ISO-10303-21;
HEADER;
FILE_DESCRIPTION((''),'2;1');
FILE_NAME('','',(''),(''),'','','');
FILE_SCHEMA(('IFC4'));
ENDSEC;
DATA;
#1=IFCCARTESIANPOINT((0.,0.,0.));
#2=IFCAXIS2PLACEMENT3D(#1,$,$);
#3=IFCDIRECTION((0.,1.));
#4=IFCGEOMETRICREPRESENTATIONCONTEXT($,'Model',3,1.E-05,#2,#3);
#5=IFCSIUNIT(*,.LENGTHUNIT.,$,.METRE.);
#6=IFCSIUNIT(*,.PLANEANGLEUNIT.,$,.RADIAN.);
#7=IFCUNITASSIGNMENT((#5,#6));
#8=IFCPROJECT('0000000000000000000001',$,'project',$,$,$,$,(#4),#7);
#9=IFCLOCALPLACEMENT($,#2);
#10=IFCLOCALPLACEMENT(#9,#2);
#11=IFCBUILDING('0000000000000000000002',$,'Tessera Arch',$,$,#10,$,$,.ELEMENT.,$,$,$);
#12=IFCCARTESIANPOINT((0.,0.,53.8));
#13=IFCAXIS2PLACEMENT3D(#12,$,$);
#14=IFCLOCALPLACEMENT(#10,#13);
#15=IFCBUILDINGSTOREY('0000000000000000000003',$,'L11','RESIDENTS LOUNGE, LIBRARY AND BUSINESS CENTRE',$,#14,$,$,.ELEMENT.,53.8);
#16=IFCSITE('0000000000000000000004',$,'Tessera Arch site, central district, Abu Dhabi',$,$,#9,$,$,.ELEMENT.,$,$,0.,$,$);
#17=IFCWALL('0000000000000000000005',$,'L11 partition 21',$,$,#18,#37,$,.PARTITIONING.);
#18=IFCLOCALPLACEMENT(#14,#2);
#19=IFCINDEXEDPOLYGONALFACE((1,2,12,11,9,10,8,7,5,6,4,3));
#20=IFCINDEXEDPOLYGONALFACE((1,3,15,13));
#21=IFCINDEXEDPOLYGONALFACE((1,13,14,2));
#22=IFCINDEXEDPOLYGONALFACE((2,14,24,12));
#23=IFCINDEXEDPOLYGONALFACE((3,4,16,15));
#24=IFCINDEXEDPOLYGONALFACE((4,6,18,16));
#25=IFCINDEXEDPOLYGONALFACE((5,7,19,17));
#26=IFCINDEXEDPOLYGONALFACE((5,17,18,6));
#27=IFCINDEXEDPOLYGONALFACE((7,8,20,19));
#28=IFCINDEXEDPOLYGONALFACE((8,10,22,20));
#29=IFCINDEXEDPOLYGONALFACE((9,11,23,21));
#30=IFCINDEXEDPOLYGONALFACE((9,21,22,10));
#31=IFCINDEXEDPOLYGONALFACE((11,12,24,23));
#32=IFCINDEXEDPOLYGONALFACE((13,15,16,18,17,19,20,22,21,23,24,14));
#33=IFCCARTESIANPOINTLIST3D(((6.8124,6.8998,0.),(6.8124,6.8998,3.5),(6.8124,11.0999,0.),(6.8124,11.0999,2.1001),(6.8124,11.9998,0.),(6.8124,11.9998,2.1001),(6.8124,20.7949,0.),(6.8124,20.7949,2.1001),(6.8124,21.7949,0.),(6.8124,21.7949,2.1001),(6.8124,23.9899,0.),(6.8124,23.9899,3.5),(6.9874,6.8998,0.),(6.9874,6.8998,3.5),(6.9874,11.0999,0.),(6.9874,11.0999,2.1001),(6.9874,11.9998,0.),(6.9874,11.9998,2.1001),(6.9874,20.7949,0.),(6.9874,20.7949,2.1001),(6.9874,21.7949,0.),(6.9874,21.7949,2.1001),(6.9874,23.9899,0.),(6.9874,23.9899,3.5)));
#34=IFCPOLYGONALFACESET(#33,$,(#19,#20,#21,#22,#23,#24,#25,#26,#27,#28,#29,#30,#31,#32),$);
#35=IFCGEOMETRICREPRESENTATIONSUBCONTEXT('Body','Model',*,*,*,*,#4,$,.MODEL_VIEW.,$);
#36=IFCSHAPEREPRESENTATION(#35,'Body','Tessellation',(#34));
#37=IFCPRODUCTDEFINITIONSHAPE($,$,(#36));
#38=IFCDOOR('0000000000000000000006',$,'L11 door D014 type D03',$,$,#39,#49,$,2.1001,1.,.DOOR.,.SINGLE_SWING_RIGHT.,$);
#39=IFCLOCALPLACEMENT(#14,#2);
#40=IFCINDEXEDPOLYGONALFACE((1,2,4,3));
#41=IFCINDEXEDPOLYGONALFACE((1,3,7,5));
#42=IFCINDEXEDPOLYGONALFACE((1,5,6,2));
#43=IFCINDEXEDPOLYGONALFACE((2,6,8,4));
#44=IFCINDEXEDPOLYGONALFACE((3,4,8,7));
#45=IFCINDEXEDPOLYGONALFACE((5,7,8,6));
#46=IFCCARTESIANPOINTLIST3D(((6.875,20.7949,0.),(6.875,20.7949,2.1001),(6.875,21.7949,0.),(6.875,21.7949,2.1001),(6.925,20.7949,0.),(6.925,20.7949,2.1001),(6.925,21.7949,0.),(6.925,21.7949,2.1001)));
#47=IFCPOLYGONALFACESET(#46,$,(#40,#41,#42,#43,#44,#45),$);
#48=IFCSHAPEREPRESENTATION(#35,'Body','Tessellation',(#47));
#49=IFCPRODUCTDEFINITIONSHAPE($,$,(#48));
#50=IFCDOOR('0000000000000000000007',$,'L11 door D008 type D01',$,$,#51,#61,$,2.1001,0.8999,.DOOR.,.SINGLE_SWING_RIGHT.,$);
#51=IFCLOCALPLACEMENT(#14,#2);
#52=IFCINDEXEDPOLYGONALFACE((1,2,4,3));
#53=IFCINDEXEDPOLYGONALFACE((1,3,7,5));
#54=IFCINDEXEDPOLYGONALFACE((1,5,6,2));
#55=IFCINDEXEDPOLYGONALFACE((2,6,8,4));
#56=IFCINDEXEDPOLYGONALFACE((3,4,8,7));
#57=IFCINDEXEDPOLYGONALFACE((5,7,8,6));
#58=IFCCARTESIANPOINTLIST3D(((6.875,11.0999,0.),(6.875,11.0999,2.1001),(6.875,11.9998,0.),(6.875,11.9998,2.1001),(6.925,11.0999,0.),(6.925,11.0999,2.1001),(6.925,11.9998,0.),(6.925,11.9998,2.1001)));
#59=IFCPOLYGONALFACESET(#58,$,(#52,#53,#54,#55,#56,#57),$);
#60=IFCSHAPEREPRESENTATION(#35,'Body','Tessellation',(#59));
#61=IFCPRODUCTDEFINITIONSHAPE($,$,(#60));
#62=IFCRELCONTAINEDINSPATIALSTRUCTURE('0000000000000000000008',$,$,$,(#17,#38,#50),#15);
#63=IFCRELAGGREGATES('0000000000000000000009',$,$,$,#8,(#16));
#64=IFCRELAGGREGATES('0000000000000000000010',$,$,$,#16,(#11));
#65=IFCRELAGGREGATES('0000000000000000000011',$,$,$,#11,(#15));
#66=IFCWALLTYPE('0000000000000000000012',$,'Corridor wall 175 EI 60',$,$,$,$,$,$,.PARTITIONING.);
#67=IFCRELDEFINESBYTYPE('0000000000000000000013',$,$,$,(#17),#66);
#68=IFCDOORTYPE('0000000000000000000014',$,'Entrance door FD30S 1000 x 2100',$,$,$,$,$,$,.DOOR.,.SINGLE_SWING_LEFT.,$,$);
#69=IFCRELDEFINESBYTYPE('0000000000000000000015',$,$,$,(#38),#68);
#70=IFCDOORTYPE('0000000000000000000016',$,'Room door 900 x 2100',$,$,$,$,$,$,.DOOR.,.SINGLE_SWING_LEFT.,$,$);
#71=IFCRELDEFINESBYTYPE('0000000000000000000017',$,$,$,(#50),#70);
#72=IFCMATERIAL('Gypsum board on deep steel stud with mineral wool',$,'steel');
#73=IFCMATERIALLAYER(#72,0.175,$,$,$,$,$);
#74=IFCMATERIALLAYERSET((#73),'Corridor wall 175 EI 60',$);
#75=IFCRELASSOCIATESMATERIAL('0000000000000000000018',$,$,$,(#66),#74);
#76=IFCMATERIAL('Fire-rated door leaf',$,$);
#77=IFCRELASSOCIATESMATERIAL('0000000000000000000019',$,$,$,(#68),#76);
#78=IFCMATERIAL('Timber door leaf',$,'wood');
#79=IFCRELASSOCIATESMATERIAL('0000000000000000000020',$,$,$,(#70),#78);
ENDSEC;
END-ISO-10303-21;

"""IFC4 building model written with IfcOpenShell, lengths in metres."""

from ifc_helpers import new_model, si_unit, direction, frame, frame_2d, origin, place, context, subcontext, project, spatial, rectangle, extrude, material, layer, layer_set, type_object, element, fill, save


model = new_model("IFC4")

# Units and contexts
model_context = context("Model", 3, precision=1e-05, world=origin(), true_north=direction((0.0, 1.0)))
body_context = subcontext(model_context, "Body", "Model", "MODEL_VIEW")
ifc_project = project(units=[si_unit("LENGTHUNIT", "METRE"), si_unit("PLANEANGLEUNIT", "RADIAN")], contexts=[model_context])

# Site, building, storey
site_placement = place(None, origin())
site = spatial("IfcSite", under=ifc_project, at=site_placement, Name="Tessera Arch site, central district, Abu Dhabi", CompositionType="ELEMENT", RefElevation=0.0)
building_placement = place(site_placement, origin())
building = spatial("IfcBuilding", under=site, at=building_placement, Name="Tessera Arch", CompositionType="ELEMENT")
storey_placement = place(building_placement, frame((0.0, 0.0, 53.8)))
storey = spatial("IfcBuildingStorey", under=building, at=storey_placement, Name="L11", Description="RESIDENTS LOUNGE, LIBRARY AND BUSINESS CENTRE", CompositionType="ELEMENT", Elevation=53.8)

# Shared definitions
ifc_material_1 = material(Name="Gypsum board on deep steel stud with mineral wool", Category="steel")
ifc_layer_1 = layer(ifc_material_1, 0.175)
ifc_layer_set_1 = layer_set([ifc_layer_1], Name="Corridor wall 175 EI 60")
wall_type = type_object("IfcWallType", Name="Corridor wall 175 EI 60", PredefinedType="PARTITIONING", material=ifc_layer_set_1)
ifc_material_2 = material(Name="Fire-rated door leaf")
door_type_1 = type_object("IfcDoorType", Name="Entrance door FD30S 1000 x 2100", OperationType="SINGLE_SWING_LEFT", PredefinedType="DOOR", material=ifc_material_2)

# Wall, openings, doors
wall_1_placement = place(storey_placement, frame((6.8999, 6.8999, 0.0), z_axis=(0.0, 0.0, 1.0), x_axis=(0.0, 1.0, 0.0)))
wall_1 = element("IfcWall", 1, at=wall_1_placement, inside=storey, type_object=wall_type, Name="L11 partition 21", PredefinedType="PARTITIONING", context=body_context, shape_type="SweptSolid", body=[
    extrude(rectangle(XDim=17.0901, YDim=0.175, at=frame_2d((8.5449, 0.0))), origin(), (0.0, 0.0, 1.0), 3.5),
])
opening_1_placement = place(wall_1_placement, frame((4.2, 0.0, 0.0)))
opening_1 = element("IfcOpeningElement", 2, at=opening_1_placement, cuts=wall_1, PredefinedType="OPENING", context=body_context, shape_type="SweptSolid", body=[
    extrude(rectangle(XDim=0.8999, YDim=2.1001, at=frame_2d((0.45, 1.05))), frame((0.0, 0.0974, 0.0), z_axis=(0.0, -1.0, 0.0), x_axis=(1.0, 0.0, 0.0)), (0.0, 0.0, 1.0), 0.1951),
])
opening_2_placement = place(wall_1_placement, frame((13.895, 0.0, 0.0)))
opening_2 = element("IfcOpeningElement", 3, at=opening_2_placement, cuts=wall_1, PredefinedType="OPENING", context=body_context, shape_type="SweptSolid", body=[
    extrude(rectangle(XDim=1.0, YDim=2.1001, at=frame_2d((0.5, 1.05))), frame((0.0, 0.0974, 0.0), z_axis=(0.0, -1.0, 0.0), x_axis=(1.0, 0.0, 0.0)), (0.0, 0.0, 1.0), 0.1951),
])
door_1_placement = place(opening_2_placement, origin())
door_1 = element("IfcDoor", 4, at=door_1_placement, inside=storey, type_object=door_type_1, Name="L11 door D014 type D03", OperationType="SINGLE_SWING_RIGHT", OverallHeight=2.1001, OverallWidth=1.0, PredefinedType="DOOR", context=body_context, shape_type="SweptSolid", body=[
    extrude(rectangle(XDim=1.0, YDim=2.1001, at=frame_2d((0.5, 1.05))), frame((0.0, 0.0249, 0.0), z_axis=(0.0, -1.0, 0.0), x_axis=(1.0, 0.0, 0.0)), (0.0, 0.0, 1.0), 0.05),
])
fill(opening_2, door_1)
ifc_material_3 = material(Name="Timber door leaf", Category="wood")
door_type_2 = type_object("IfcDoorType", Name="Room door 900 x 2100", OperationType="SINGLE_SWING_LEFT", PredefinedType="DOOR", material=ifc_material_3)
door_2_placement = place(opening_1_placement, origin())
door_2 = element("IfcDoor", 5, at=door_2_placement, inside=storey, type_object=door_type_2, Name="L11 door D008 type D01", OperationType="SINGLE_SWING_RIGHT", OverallHeight=2.1001, OverallWidth=0.8999, PredefinedType="DOOR", context=body_context, shape_type="SweptSolid", body=[
    extrude(rectangle(XDim=0.8999, YDim=2.1001, at=frame_2d((0.45, 1.05))), frame((0.0, 0.0249, 0.0), z_axis=(0.0, -1.0, 0.0), x_axis=(1.0, 0.0, 0.0)), (0.0, 0.0, 1.0), 0.05),
])
fill(opening_1, door_2)

save(model, "model.ifc")
